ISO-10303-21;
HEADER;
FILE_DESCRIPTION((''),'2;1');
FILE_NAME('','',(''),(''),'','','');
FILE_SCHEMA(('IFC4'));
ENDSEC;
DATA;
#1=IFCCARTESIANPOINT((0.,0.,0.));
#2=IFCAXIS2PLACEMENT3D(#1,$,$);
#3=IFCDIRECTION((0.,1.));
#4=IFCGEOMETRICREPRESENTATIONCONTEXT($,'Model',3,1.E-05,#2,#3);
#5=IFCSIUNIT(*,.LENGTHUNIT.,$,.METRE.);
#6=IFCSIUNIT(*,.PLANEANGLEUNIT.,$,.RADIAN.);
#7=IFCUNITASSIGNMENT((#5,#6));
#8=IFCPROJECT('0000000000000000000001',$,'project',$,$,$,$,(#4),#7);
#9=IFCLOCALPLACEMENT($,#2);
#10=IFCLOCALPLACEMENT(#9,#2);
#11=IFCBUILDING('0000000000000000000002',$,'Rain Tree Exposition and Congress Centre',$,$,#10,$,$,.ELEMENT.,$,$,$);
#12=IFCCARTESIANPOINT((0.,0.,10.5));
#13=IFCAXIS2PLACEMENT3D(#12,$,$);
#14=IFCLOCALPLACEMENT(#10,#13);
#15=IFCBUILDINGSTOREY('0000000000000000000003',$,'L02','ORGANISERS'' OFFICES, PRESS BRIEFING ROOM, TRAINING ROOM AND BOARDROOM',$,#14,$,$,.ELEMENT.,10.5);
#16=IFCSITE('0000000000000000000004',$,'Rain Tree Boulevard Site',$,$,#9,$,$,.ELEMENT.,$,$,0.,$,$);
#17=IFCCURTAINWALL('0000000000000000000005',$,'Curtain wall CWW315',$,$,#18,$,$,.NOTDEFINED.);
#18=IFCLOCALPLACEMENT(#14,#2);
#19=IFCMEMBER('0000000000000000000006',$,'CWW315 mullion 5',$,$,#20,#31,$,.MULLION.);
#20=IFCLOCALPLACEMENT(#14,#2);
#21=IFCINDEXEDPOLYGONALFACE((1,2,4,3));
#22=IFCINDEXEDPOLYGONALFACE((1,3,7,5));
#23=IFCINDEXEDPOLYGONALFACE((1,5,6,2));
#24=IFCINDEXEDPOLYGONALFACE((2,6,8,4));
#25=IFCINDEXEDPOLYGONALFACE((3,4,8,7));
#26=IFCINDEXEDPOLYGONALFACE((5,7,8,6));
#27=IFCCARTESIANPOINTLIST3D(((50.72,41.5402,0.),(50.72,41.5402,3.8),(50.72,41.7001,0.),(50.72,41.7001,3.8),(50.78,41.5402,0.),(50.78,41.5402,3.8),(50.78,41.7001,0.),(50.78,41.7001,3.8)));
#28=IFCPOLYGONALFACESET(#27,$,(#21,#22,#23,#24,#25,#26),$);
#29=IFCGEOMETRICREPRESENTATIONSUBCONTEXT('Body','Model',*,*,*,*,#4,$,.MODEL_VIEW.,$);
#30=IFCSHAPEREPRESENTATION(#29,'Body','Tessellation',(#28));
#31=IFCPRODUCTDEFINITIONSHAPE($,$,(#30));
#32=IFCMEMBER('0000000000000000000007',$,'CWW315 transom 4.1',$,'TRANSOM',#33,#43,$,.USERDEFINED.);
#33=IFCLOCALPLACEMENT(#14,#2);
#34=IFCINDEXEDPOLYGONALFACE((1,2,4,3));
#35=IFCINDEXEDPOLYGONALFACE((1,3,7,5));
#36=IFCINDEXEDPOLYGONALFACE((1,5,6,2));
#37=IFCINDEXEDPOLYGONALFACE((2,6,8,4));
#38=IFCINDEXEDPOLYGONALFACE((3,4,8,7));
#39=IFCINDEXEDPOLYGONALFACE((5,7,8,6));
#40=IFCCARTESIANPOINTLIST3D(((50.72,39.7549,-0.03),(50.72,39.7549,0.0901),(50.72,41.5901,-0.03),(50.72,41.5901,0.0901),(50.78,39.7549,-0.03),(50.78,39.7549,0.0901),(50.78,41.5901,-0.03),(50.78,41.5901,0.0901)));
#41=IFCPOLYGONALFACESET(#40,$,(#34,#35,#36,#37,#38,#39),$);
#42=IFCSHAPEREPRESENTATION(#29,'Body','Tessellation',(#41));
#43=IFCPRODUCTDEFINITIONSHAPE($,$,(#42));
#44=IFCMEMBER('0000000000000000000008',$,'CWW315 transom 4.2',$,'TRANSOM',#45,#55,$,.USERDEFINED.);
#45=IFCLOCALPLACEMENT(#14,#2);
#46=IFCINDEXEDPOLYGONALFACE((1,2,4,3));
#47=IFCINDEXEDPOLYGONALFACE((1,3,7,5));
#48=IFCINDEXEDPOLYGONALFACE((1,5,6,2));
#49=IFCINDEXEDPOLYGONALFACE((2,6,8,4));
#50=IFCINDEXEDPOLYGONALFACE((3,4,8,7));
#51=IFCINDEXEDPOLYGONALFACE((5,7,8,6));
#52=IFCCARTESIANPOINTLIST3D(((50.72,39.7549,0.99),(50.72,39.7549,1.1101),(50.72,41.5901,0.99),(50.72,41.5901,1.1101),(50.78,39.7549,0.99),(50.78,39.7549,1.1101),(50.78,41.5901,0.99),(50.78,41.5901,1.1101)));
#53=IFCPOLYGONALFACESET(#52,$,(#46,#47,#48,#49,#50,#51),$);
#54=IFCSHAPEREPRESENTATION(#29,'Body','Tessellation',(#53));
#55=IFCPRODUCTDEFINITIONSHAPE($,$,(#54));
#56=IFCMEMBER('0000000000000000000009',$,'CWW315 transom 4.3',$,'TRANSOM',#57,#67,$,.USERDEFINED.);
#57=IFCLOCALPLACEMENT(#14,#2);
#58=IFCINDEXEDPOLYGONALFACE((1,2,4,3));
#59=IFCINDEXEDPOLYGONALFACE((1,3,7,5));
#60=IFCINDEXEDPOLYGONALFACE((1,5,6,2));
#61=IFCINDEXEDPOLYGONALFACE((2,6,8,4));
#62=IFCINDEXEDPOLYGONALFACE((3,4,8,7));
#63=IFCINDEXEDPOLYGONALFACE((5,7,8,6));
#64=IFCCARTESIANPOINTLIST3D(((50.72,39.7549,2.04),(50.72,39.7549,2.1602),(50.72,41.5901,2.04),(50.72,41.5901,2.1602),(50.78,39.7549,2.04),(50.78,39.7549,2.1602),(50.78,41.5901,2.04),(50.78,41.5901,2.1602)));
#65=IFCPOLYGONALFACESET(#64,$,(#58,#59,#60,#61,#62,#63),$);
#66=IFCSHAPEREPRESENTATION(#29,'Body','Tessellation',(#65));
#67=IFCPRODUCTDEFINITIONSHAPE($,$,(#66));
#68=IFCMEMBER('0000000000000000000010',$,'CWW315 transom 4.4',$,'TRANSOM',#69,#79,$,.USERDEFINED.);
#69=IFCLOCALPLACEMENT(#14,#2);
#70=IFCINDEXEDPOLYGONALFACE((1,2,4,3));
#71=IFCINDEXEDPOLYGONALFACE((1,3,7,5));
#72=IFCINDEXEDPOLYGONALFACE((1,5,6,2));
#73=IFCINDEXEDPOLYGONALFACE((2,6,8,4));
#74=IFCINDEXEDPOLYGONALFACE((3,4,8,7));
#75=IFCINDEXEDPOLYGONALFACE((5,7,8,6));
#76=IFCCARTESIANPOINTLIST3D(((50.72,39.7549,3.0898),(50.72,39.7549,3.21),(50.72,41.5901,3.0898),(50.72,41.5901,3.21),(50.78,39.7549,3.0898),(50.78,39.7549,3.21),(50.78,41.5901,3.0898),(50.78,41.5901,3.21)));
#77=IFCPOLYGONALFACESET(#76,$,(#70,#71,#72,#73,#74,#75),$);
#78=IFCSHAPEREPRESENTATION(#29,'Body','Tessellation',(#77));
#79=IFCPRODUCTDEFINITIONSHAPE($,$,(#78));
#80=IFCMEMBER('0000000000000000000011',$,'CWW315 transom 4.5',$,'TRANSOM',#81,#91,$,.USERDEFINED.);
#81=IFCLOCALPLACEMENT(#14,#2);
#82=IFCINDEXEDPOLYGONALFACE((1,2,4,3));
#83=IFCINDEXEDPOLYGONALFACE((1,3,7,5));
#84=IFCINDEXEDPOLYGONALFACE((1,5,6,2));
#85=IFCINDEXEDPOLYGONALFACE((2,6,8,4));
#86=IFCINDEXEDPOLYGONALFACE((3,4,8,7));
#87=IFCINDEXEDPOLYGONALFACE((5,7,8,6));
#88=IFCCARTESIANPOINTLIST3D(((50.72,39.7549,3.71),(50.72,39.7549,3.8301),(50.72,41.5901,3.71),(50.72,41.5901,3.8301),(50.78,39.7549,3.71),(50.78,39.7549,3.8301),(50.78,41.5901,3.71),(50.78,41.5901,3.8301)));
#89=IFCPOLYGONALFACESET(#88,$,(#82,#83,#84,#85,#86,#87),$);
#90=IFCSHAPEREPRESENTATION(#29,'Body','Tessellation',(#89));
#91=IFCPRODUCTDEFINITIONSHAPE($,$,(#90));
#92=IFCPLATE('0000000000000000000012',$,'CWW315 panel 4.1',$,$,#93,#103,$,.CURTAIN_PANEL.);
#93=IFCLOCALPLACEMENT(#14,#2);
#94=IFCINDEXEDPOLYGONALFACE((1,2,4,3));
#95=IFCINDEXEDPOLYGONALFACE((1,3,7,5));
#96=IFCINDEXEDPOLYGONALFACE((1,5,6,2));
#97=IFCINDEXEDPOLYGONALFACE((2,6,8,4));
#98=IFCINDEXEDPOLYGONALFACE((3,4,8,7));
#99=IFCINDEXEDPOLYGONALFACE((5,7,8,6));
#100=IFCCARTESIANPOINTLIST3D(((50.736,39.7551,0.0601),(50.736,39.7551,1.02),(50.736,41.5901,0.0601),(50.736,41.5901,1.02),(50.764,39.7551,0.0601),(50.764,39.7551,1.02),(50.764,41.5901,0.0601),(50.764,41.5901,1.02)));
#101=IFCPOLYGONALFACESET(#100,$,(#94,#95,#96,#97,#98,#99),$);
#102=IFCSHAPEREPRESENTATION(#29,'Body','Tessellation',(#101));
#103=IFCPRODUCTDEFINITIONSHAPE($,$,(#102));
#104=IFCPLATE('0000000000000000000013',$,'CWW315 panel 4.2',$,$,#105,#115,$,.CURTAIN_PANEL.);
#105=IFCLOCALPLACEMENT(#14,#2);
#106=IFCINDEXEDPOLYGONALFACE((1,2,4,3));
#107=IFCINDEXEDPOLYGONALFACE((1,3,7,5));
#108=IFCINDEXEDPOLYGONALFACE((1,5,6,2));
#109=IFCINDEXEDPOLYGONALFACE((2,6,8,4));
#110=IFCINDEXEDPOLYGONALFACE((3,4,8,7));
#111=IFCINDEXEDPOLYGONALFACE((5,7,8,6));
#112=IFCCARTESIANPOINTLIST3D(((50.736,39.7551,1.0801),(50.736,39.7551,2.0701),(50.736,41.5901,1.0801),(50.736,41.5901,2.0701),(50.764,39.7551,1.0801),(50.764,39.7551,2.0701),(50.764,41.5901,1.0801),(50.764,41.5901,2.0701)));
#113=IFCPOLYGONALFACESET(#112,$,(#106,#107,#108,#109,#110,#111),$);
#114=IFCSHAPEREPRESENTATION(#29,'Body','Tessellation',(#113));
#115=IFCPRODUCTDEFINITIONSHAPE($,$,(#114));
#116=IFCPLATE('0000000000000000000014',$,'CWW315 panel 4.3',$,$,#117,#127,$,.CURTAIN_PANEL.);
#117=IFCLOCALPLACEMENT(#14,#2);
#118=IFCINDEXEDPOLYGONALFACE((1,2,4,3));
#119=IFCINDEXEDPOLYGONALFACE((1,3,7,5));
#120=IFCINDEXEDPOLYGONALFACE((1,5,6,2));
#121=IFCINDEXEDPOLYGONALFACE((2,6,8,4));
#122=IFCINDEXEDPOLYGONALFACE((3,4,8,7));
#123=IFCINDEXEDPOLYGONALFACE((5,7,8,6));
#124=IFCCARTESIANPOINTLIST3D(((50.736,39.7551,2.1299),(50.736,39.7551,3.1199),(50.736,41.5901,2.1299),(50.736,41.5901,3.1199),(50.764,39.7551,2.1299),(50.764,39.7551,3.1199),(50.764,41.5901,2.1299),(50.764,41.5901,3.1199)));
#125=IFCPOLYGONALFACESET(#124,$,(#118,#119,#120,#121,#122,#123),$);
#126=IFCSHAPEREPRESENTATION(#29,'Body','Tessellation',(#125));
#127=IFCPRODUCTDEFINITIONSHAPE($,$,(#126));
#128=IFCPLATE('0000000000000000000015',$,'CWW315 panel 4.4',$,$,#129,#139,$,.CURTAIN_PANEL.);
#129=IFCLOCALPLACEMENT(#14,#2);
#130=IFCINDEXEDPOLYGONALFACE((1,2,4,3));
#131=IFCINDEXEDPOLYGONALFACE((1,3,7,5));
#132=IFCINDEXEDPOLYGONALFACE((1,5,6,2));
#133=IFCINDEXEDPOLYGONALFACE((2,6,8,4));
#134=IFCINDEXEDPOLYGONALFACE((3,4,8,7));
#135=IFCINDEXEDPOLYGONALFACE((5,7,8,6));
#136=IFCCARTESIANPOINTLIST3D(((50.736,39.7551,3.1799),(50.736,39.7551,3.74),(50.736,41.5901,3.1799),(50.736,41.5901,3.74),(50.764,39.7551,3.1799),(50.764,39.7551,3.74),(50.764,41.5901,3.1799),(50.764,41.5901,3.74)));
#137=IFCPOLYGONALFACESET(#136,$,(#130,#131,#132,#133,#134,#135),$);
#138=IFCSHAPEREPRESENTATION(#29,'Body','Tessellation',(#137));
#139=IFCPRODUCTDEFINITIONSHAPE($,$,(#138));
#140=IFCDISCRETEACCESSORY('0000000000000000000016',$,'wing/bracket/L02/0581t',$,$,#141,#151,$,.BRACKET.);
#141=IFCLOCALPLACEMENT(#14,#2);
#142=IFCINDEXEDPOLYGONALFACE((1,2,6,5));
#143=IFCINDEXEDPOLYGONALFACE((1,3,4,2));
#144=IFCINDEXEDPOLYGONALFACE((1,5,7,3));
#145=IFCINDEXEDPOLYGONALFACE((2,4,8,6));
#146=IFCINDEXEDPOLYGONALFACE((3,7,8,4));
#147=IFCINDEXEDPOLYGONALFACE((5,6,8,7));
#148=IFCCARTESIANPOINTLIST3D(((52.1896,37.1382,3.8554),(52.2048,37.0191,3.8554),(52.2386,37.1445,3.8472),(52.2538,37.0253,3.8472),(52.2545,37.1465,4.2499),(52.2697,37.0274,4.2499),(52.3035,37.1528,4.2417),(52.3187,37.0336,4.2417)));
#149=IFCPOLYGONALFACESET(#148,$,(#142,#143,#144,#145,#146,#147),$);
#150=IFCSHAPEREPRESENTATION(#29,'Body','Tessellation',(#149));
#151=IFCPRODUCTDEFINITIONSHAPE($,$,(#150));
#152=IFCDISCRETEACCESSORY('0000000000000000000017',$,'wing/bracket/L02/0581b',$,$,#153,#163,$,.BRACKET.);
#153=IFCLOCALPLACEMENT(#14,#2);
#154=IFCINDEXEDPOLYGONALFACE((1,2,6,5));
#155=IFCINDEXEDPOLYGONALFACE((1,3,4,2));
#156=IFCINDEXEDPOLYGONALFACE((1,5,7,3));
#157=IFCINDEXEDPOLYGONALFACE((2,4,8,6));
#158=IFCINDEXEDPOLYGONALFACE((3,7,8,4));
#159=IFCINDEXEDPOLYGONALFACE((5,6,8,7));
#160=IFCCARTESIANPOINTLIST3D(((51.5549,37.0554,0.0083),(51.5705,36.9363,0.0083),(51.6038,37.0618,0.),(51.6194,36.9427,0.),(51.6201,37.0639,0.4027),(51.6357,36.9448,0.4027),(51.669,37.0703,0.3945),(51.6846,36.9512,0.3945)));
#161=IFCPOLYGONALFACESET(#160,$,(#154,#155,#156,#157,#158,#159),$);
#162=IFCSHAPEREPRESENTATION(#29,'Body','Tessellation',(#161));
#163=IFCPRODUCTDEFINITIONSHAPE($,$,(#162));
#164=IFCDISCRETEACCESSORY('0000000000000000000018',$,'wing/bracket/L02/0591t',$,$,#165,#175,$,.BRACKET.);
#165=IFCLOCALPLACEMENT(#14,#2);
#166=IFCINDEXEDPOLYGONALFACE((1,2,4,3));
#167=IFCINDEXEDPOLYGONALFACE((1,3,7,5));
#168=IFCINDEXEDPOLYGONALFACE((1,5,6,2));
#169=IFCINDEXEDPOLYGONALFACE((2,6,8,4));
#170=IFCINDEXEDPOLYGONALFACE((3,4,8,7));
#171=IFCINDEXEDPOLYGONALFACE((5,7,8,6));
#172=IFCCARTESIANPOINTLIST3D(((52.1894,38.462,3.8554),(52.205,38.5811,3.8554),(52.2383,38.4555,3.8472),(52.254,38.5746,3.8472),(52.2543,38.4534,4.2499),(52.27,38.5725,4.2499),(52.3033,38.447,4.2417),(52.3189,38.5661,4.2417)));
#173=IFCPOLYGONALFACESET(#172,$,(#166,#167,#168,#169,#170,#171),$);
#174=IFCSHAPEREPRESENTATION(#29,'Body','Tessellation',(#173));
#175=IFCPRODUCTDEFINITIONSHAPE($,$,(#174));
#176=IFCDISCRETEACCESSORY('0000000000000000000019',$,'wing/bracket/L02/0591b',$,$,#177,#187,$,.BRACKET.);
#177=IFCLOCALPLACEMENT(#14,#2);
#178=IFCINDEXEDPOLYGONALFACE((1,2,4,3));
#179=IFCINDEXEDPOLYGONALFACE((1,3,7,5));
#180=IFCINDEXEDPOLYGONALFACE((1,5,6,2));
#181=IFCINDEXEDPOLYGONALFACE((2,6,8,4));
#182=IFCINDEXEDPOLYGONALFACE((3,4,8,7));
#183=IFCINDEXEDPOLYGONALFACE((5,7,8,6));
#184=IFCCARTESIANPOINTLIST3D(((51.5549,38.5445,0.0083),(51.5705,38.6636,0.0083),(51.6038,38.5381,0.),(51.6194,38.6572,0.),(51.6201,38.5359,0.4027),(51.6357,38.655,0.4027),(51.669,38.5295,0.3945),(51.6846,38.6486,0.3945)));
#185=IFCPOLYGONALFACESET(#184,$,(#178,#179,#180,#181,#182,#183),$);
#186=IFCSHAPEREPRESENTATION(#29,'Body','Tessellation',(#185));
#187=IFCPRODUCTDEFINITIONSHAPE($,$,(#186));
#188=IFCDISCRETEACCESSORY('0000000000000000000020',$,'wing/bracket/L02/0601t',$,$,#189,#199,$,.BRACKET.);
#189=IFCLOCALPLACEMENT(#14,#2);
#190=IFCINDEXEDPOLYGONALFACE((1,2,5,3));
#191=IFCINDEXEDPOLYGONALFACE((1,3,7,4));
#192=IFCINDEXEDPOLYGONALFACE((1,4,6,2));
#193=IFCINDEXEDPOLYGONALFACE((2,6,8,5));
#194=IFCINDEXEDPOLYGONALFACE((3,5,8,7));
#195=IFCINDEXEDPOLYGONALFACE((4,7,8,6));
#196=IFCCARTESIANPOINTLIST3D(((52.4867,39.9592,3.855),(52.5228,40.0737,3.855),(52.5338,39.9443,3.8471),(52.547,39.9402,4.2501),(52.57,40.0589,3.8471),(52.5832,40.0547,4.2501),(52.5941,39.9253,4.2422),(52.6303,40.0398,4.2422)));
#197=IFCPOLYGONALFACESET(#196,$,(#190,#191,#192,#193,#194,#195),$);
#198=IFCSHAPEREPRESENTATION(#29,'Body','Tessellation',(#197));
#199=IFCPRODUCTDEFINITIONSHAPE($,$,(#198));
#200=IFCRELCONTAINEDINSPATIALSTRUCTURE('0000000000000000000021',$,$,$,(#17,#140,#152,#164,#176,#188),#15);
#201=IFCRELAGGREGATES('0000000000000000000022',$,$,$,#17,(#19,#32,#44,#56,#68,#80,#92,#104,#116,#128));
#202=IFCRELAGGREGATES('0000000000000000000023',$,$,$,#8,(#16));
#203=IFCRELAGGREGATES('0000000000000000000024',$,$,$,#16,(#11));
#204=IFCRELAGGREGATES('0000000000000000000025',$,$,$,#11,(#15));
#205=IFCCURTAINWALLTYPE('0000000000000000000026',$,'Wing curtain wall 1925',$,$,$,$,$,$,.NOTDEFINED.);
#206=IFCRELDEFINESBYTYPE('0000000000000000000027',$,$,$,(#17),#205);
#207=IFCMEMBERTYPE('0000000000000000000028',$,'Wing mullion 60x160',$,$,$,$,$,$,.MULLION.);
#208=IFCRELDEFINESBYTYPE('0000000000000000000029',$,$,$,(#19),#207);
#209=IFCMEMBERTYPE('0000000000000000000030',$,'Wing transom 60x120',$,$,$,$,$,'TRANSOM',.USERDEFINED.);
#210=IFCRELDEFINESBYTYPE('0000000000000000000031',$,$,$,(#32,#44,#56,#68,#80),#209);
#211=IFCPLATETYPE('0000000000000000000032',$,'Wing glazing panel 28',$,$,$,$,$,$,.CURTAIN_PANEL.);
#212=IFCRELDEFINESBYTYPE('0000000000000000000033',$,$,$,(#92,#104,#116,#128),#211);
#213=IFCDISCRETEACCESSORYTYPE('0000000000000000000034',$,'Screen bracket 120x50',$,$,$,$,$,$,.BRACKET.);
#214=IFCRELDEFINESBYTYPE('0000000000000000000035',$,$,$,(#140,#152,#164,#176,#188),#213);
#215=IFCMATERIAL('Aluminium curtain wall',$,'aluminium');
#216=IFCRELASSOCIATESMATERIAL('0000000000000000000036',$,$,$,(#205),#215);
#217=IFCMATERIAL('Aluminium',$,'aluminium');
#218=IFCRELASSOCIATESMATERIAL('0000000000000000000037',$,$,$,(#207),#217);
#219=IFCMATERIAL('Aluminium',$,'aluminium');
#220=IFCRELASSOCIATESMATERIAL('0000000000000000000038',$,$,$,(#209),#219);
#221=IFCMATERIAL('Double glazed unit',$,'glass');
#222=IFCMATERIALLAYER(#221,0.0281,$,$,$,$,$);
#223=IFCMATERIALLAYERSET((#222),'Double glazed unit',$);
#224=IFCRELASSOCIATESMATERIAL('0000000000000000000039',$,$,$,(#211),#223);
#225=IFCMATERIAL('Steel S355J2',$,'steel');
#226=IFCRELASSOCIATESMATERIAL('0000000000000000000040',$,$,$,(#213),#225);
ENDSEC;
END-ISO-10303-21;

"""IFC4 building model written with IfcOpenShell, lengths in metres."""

from ifc_helpers import new_model, si_unit, direction, frame, origin, origin_2d, place, context, subcontext, project, spatial, rectangle, extrude, material, layer, layer_set, material_profile, profile_set, type_object, element, aggregate, save


model = new_model("IFC4")

# Units and contexts
model_context = context("Model", 3, precision=1e-05, world=origin(), true_north=direction((0.0, 1.0)))
body_context = subcontext(model_context, "Body", "Model", "MODEL_VIEW")
ifc_project = project(units=[si_unit("LENGTHUNIT", "METRE"), si_unit("PLANEANGLEUNIT", "RADIAN")], contexts=[model_context])

# Site, building, storey
site_placement = place(None, origin())
site = spatial("IfcSite", under=ifc_project, at=site_placement, Name="Rain Tree Boulevard Site", CompositionType="ELEMENT", RefElevation=0.0)
building_placement = place(site_placement, origin())
building = spatial("IfcBuilding", under=site, at=building_placement, Name="Rain Tree Exposition and Congress Centre", CompositionType="ELEMENT")
storey_placement = place(building_placement, frame((0.0, 0.0, 10.5)))
storey = spatial("IfcBuildingStorey", under=building, at=storey_placement, Name="L02", Description="ORGANISERS' OFFICES, PRESS BRIEFING ROOM, TRAINING ROOM AND BOARDROOM", CompositionType="ELEMENT", Elevation=10.5)

# Curtain wall, members, plates
ifc_material_1 = material(Name="Aluminium curtain wall", Category="aluminium")
curtain_wall_type = type_object("IfcCurtainWallType", Name="Wing curtain wall 1925", PredefinedType="NOTDEFINED", material=ifc_material_1)
curtain_wall_placement = place(storey_placement, origin())
curtain_wall = element("IfcCurtainWall", 1, at=curtain_wall_placement, inside=storey, type_object=curtain_wall_type, Name="Curtain wall CWW315", PredefinedType="NOTDEFINED")
ifc_material_2 = material(Name="Aluminium", Category="aluminium")
ifc_material_profile_1 = material_profile(ifc_material_2, rectangle(XDim=0.0601, YDim=0.1599, at=origin_2d()), Name="Aluminium 60x160")
ifc_profile_set_1 = profile_set([ifc_material_profile_1], Name="Aluminium")
member_type_1 = type_object("IfcMemberType", Name="Wing mullion 60x160", PredefinedType="MULLION", material=ifc_profile_set_1)
member_1_placement = place(storey_placement, frame((50.75, 41.6201, 0.0), z_axis=(0.0, 0.0, 1.0), x_axis=(-1.0, 0.0, 0.0)))
member_1 = element("IfcMember", 2, at=member_1_placement, type_object=member_type_1, Name="CWW315 mullion 5", PredefinedType="MULLION", context=body_context, shape_type="SweptSolid", body=[
    extrude(rectangle(XDim=0.0601, YDim=0.1599, at=origin_2d()), origin(), (0.0, 0.0, 1.0), 3.8),
])
ifc_material_3 = material(Name="Aluminium", Category="aluminium")
ifc_material_profile_2 = material_profile(ifc_material_3, rectangle(XDim=0.0601, YDim=0.1201, at=origin_2d()), Name="Aluminium 60x120")
ifc_profile_set_2 = profile_set([ifc_material_profile_2], Name="Aluminium")
member_type_2 = type_object("IfcMemberType", Name="Wing transom 60x120", ElementType="TRANSOM", PredefinedType="USERDEFINED", material=ifc_profile_set_2)
member_2_placement = place(storey_placement, frame((50.75, 39.7549, 0.03), z_axis=(0.0, 1.0, 0.0), x_axis=(-1.0, 0.0, 0.0)))
member_2 = element("IfcMember", 3, at=member_2_placement, type_object=member_type_2, Name="CWW315 transom 4.1", ObjectType="TRANSOM", PredefinedType="USERDEFINED", context=body_context, shape_type="SweptSolid", body=[
    extrude(rectangle(XDim=0.0601, YDim=0.1201, at=origin_2d()), origin(), (0.0, 0.0, 1.0), 1.8352),
])
member_3_placement = place(storey_placement, frame((50.75, 39.7549, 1.05), z_axis=(0.0, 1.0, 0.0), x_axis=(-1.0, 0.0, 0.0)))
member_3 = element("IfcMember", 4, at=member_3_placement, type_object=member_type_2, Name="CWW315 transom 4.2", ObjectType="TRANSOM", PredefinedType="USERDEFINED", context=body_context, shape_type="SweptSolid", body=[
    extrude(rectangle(XDim=0.0601, YDim=0.1201, at=origin_2d()), origin(), (0.0, 0.0, 1.0), 1.8352),
])
member_4_placement = place(storey_placement, frame((50.75, 39.7549, 2.1001), z_axis=(0.0, 1.0, 0.0), x_axis=(-1.0, 0.0, 0.0)))
member_4 = element("IfcMember", 5, at=member_4_placement, type_object=member_type_2, Name="CWW315 transom 4.3", ObjectType="TRANSOM", PredefinedType="USERDEFINED", context=body_context, shape_type="SweptSolid", body=[
    extrude(rectangle(XDim=0.0601, YDim=0.1201, at=origin_2d()), origin(), (0.0, 0.0, 1.0), 1.8352),
])
member_5_placement = place(storey_placement, frame((50.75, 39.7549, 3.1499), z_axis=(0.0, 1.0, 0.0), x_axis=(-1.0, 0.0, 0.0)))
member_5 = element("IfcMember", 6, at=member_5_placement, type_object=member_type_2, Name="CWW315 transom 4.4", ObjectType="TRANSOM", PredefinedType="USERDEFINED", context=body_context, shape_type="SweptSolid", body=[
    extrude(rectangle(XDim=0.0601, YDim=0.1201, at=origin_2d()), origin(), (0.0, 0.0, 1.0), 1.8352),
])
member_6_placement = place(storey_placement, frame((50.75, 39.7549, 3.77), z_axis=(0.0, 1.0, 0.0), x_axis=(-1.0, 0.0, 0.0)))
member_6 = element("IfcMember", 7, at=member_6_placement, type_object=member_type_2, Name="CWW315 transom 4.5", ObjectType="TRANSOM", PredefinedType="USERDEFINED", context=body_context, shape_type="SweptSolid", body=[
    extrude(rectangle(XDim=0.0601, YDim=0.1201, at=origin_2d()), origin(), (0.0, 0.0, 1.0), 1.8352),
])
ifc_material_4 = material(Name="Double glazed unit", Category="glass")
ifc_layer_1 = layer(ifc_material_4, 0.0281)
ifc_layer_set_1 = layer_set([ifc_layer_1], Name="Double glazed unit")
plate_type = type_object("IfcPlateType", Name="Wing glazing panel 28", PredefinedType="CURTAIN_PANEL", material=ifc_layer_set_1)
plate_1_placement = place(storey_placement, frame((50.75, 40.6726, 0.0601), z_axis=(0.0, 0.0, 1.0), x_axis=(0.0, 1.0, 0.0)))
plate_1 = element("IfcPlate", 8, at=plate_1_placement, type_object=plate_type, Name="CWW315 panel 4.1", PredefinedType="CURTAIN_PANEL", context=body_context, shape_type="SweptSolid", body=[
    extrude(rectangle(XDim=1.835, YDim=0.0281, at=origin_2d()), origin(), (0.0, 0.0, 1.0), 0.96),
])
plate_2_placement = place(storey_placement, frame((50.75, 40.6726, 1.0801), z_axis=(0.0, 0.0, 1.0), x_axis=(0.0, 1.0, 0.0)))
plate_2 = element("IfcPlate", 9, at=plate_2_placement, type_object=plate_type, Name="CWW315 panel 4.2", PredefinedType="CURTAIN_PANEL", context=body_context, shape_type="SweptSolid", body=[
    extrude(rectangle(XDim=1.835, YDim=0.0281, at=origin_2d()), origin(), (0.0, 0.0, 1.0), 0.99),
])
plate_3_placement = place(storey_placement, frame((50.75, 40.6726, 2.1299), z_axis=(0.0, 0.0, 1.0), x_axis=(0.0, 1.0, 0.0)))
plate_3 = element("IfcPlate", 10, at=plate_3_placement, type_object=plate_type, Name="CWW315 panel 4.3", PredefinedType="CURTAIN_PANEL", context=body_context, shape_type="SweptSolid", body=[
    extrude(rectangle(XDim=1.835, YDim=0.0281, at=origin_2d()), origin(), (0.0, 0.0, 1.0), 0.99),
])
plate_4_placement = place(storey_placement, frame((50.75, 40.6726, 3.1799), z_axis=(0.0, 0.0, 1.0), x_axis=(0.0, 1.0, 0.0)))
plate_4 = element("IfcPlate", 11, at=plate_4_placement, type_object=plate_type, Name="CWW315 panel 4.4", PredefinedType="CURTAIN_PANEL", context=body_context, shape_type="SweptSolid", body=[
    extrude(rectangle(XDim=1.835, YDim=0.0281, at=origin_2d()), origin(), (0.0, 0.0, 1.0), 0.5601),
])
aggregate(curtain_wall, [member_1, member_2, member_3, member_4, member_5, member_6, plate_1, plate_2, plate_3, plate_4])

# Discrete accessories
ifc_material_5 = material(Name="Steel S355J2", Category="steel")
ifc_material_profile_3 = material_profile(ifc_material_5, rectangle(XDim=0.1201, YDim=0.05, at=origin_2d()), Name="Flat bar 120x50")
ifc_profile_set_3 = profile_set([ifc_material_profile_3], Name="Steel S355J2")
discrete_accessory_type = type_object("IfcDiscreteAccessoryType", Name="Screen bracket 120x50", PredefinedType="BRACKET", material=ifc_profile_set_3)
for number, where, z_axis, x_axis, name in (
    (12, (52.2217, 37.0818, 3.8513), (0.162383, 0.020756, 0.986509), (-0.126788, 0.99193, 0.0), "wing/bracket/L02/0581t"),
    (13, (51.5872, 36.999, 0.0042), (0.162976, 0.021364, 0.986399), (-0.129974, 0.991517, 0.0), "wing/bracket/L02/0581b"),
    (14, (52.2217, 38.5183, 3.8513), (0.162381, -0.021366, 0.986497), (0.130455, 0.991454, 0.0), "wing/bracket/L02/0591t"),
    (15, (51.5872, 38.6008, 0.0042), (0.162976, -0.021364, 0.986399), (0.129974, 0.991517, 0.0), "wing/bracket/L02/0591b"),
):
    element("IfcDiscreteAccessory", number, at=place(storey_placement, frame(where, z_axis=z_axis, x_axis=x_axis)), inside=storey, type_object=discrete_accessory_type, Name=name, PredefinedType="BRACKET", context=body_context, shape_type="SweptSolid", body=[
        extrude(rectangle(XDim=0.1201, YDim=0.05, at=origin_2d()), origin(), (0.0, 0.0, 1.0), 0.3999),
    ])
for number, where, z_axis, x_axis, name in (
    (16, (52.5283, 40.009, 3.8511), (0.150738, -0.047602, 0.987427), (0.301131, 0.953583, 0.0), "wing/bracket/L02/0601t"),
):
    element("IfcDiscreteAccessory", number, at=place(storey_placement, frame(where, z_axis=z_axis, x_axis=x_axis)), inside=storey, type_object=discrete_accessory_type, Name=name, PredefinedType="BRACKET", context=body_context, shape_type="SweptSolid", body=[
        extrude(rectangle(XDim=0.1201, YDim=0.05, at=origin_2d()), origin(), (0.0, 0.0, 1.0), 0.4001),
    ])

save(model, "model.ifc")
